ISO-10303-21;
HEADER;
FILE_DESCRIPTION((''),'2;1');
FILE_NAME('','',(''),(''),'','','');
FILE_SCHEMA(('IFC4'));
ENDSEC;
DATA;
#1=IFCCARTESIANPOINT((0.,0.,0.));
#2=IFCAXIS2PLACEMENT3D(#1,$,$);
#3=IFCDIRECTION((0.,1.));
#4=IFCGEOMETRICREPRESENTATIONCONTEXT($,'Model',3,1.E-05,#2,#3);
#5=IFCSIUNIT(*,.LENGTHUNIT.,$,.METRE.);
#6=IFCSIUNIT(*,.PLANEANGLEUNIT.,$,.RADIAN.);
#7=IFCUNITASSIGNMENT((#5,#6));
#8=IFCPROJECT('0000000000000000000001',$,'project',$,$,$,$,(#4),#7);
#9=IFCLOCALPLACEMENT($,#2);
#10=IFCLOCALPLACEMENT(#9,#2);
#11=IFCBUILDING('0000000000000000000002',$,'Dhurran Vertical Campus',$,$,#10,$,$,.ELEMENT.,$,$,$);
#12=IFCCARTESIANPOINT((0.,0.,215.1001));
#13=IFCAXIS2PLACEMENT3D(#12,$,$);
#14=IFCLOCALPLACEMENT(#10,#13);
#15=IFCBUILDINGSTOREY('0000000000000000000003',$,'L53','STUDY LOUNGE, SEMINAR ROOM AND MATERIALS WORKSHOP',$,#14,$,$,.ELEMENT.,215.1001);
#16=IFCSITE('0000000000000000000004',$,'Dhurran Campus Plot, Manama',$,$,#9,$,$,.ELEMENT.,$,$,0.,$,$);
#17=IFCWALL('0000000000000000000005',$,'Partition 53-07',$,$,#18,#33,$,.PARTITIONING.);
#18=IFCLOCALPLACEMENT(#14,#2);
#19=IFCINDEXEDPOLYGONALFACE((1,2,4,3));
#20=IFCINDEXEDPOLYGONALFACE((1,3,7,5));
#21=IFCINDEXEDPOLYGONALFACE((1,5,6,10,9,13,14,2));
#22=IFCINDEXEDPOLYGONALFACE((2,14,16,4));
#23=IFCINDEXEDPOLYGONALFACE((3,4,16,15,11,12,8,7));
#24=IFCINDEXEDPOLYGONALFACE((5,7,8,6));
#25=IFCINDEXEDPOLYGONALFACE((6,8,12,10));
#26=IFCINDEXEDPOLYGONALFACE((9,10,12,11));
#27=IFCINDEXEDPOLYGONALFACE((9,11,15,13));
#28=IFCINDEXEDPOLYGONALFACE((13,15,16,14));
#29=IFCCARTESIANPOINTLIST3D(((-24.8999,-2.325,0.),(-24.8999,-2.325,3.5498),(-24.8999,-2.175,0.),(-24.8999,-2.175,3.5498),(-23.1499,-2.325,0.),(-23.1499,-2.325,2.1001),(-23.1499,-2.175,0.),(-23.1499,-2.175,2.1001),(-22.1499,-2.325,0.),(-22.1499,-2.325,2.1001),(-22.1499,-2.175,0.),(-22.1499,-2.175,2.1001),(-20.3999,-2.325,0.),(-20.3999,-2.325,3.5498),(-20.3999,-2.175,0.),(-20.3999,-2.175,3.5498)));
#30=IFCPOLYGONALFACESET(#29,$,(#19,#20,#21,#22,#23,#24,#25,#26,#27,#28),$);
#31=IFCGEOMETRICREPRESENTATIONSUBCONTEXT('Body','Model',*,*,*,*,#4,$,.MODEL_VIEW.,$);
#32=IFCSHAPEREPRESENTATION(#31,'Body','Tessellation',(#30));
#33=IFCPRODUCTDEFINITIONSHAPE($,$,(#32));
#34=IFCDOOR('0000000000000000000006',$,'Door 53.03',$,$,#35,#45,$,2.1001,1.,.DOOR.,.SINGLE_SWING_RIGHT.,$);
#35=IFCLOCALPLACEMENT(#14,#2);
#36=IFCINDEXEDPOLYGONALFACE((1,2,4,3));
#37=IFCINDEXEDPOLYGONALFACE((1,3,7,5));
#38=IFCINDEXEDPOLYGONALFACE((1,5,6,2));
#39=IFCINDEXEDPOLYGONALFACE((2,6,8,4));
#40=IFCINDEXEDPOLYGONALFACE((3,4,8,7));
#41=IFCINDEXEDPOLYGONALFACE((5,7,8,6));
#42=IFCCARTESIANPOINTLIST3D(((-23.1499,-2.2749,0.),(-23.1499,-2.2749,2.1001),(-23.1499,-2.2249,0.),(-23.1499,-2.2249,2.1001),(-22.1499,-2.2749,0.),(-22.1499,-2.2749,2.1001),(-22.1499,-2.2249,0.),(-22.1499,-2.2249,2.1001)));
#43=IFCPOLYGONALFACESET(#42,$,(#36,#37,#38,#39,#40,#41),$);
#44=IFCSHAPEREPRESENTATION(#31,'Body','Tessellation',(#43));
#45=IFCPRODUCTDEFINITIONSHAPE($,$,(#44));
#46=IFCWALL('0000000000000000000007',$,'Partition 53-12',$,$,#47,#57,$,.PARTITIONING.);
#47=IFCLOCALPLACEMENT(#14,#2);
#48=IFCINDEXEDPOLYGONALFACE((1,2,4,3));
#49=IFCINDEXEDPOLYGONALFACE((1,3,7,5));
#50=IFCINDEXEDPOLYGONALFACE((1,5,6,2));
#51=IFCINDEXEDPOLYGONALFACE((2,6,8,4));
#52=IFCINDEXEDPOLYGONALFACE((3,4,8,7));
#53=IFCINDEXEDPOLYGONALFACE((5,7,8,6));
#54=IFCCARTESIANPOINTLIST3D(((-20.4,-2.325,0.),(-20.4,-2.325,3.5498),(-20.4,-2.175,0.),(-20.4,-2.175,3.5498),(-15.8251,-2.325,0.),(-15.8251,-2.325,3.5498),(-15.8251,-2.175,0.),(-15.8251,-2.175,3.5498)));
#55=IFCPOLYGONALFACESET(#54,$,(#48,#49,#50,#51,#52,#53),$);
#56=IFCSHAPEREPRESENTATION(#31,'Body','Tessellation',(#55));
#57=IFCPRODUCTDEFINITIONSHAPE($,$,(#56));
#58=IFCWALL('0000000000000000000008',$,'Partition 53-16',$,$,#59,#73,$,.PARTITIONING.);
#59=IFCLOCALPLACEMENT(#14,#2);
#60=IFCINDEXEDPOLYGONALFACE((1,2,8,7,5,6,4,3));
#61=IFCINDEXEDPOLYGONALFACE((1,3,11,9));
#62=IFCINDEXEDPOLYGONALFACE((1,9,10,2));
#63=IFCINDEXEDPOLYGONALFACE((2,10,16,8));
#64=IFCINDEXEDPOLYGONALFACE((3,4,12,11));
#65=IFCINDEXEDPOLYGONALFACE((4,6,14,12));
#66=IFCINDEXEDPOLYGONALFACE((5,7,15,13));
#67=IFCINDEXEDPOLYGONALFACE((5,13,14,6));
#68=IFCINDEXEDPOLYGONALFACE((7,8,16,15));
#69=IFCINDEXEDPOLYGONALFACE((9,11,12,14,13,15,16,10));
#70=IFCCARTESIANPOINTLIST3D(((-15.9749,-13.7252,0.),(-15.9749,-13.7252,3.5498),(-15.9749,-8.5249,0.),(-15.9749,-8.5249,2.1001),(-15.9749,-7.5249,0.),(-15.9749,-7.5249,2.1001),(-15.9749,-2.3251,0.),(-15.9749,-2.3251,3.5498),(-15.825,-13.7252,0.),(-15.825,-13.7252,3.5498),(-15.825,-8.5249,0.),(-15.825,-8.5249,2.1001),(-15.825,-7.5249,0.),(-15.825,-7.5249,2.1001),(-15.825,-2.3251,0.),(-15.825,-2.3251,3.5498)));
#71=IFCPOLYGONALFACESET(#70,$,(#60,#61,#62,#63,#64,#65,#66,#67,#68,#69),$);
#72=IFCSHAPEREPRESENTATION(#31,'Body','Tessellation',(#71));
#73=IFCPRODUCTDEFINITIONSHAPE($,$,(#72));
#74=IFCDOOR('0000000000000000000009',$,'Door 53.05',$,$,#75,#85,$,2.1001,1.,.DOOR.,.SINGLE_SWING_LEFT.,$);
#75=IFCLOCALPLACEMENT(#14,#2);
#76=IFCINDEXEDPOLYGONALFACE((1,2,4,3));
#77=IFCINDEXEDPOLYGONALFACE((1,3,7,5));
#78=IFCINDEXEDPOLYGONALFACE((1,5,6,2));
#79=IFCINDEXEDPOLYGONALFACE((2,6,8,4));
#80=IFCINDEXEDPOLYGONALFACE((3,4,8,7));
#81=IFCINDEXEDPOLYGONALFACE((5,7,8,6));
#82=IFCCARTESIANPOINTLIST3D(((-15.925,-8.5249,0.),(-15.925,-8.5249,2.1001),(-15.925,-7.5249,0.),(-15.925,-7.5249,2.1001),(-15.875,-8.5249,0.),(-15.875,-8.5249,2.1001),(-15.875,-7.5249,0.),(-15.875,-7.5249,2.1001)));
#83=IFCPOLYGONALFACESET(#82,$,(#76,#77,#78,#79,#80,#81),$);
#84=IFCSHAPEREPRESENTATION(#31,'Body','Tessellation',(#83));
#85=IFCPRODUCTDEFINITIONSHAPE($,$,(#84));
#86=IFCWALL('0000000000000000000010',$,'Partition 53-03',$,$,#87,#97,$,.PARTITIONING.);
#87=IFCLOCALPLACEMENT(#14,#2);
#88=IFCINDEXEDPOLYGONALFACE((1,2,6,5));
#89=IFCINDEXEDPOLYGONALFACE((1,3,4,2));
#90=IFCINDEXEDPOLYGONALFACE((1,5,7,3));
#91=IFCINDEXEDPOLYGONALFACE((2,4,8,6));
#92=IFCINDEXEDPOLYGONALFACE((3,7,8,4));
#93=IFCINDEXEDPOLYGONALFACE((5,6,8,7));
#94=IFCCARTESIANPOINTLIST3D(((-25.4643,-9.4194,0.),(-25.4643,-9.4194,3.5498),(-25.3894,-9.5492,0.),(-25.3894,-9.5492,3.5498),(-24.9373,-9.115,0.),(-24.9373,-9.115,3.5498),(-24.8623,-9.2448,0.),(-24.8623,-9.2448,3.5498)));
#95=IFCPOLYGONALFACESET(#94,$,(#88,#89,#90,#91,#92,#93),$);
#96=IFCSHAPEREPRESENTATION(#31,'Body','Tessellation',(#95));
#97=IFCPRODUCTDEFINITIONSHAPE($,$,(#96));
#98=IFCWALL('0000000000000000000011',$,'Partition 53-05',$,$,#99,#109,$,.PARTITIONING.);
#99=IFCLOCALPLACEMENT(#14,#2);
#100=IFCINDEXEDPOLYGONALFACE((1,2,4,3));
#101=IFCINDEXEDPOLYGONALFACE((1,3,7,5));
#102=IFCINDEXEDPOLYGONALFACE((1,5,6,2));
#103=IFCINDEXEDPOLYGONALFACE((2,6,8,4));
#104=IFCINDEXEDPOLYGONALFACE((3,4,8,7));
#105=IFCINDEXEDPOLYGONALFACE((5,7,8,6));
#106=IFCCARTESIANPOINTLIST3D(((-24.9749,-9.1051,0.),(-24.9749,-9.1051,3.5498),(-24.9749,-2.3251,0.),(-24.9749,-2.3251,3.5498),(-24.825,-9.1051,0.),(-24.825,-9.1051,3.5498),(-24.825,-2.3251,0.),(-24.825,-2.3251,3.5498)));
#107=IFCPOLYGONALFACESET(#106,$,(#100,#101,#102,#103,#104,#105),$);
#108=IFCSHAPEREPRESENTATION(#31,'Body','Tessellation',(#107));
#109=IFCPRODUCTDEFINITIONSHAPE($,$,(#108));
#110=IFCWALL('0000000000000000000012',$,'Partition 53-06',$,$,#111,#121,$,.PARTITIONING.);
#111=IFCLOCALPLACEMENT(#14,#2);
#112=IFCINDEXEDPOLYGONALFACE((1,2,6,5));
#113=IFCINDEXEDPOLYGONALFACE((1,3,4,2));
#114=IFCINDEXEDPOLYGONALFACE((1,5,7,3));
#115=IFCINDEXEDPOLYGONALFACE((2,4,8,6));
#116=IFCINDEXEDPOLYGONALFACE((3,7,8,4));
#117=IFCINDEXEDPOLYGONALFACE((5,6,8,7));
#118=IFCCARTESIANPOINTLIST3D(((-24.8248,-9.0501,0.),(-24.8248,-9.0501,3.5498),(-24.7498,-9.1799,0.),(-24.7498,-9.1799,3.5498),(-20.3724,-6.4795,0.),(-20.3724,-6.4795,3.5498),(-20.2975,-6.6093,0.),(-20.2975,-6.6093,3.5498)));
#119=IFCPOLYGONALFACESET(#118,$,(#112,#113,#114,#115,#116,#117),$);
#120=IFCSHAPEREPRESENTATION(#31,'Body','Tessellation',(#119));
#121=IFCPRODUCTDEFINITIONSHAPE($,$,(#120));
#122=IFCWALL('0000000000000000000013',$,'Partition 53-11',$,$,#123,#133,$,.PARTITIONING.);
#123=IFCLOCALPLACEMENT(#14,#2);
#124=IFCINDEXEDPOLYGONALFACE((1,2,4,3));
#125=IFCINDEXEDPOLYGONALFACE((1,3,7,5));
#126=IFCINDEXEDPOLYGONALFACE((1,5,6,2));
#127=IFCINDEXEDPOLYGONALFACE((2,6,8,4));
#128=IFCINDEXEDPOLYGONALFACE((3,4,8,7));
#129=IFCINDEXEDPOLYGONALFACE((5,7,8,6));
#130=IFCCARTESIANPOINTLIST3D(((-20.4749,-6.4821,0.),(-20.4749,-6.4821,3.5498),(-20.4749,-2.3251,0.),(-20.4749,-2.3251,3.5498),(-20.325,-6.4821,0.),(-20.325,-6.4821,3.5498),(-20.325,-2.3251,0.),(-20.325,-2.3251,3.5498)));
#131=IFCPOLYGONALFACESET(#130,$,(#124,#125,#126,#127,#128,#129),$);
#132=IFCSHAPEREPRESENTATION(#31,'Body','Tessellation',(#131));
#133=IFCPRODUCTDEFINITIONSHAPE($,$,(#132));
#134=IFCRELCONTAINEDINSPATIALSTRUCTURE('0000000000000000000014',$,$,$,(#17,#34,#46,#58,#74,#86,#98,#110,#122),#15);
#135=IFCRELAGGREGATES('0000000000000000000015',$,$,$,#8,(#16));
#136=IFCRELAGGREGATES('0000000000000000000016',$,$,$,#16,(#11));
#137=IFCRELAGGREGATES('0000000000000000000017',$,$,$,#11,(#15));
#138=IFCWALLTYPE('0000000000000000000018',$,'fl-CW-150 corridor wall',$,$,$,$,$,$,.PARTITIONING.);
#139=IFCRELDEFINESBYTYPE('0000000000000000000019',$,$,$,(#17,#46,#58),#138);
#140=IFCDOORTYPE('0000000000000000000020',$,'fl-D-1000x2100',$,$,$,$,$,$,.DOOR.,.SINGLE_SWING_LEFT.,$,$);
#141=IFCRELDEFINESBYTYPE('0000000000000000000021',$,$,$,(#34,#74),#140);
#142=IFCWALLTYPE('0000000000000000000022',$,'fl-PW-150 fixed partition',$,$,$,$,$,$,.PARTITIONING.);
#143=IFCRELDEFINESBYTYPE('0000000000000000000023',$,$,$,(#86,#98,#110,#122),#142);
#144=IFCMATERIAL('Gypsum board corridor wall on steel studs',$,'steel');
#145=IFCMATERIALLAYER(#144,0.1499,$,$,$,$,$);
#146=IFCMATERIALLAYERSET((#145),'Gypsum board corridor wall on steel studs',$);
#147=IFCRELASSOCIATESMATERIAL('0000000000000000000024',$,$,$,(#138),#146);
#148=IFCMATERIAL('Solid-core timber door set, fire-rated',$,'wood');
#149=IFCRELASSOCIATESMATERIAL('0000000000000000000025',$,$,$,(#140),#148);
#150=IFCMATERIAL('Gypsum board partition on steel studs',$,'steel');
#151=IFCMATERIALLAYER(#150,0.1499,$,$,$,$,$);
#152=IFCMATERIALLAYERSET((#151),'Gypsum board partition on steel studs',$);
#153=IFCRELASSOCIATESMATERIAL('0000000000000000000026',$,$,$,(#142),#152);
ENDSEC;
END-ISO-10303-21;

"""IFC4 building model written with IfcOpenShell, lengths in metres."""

from ifc_helpers import new_model, si_unit, direction, frame, frame_2d, origin, place, context, subcontext, project, spatial, rectangle, extrude, material, layer, layer_set, type_object, element, fill, save


model = new_model("IFC4")

# Units and contexts
model_context = context("Model", 3, precision=1e-05, world=origin(), true_north=direction((0.0, 1.0)))
body_context = subcontext(model_context, "Body", "Model", "MODEL_VIEW")
ifc_project = project(units=[si_unit("LENGTHUNIT", "METRE"), si_unit("PLANEANGLEUNIT", "RADIAN")], contexts=[model_context])

# Site, building, storey
site_placement = place(None, origin())
site = spatial("IfcSite", under=ifc_project, at=site_placement, Name="Dhurran Campus Plot, Manama", CompositionType="ELEMENT", RefElevation=0.0)
building_placement = place(site_placement, origin())
building = spatial("IfcBuilding", under=site, at=building_placement, Name="Dhurran Vertical Campus", CompositionType="ELEMENT")
storey_placement = place(building_placement, frame((0.0, 0.0, 215.1001)))
storey = spatial("IfcBuildingStorey", under=building, at=storey_placement, Name="L53", Description="STUDY LOUNGE, SEMINAR ROOM AND MATERIALS WORKSHOP", CompositionType="ELEMENT", Elevation=215.1001)

# Wall, opening, door
ifc_material_1 = material(Name="Gypsum board corridor wall on steel studs", Category="steel")
ifc_layer_1 = layer(ifc_material_1, 0.1499)
ifc_layer_set_1 = layer_set([ifc_layer_1], Name="Gypsum board corridor wall on steel studs")
wall_type_1 = type_object("IfcWallType", Name="fl-CW-150 corridor wall", PredefinedType="PARTITIONING", material=ifc_layer_set_1)
ifc_material_2 = material(Name="Solid-core timber door set, fire-rated", Category="wood")
door_type_1 = type_object("IfcDoorType", Name="fl-D-1000x2100", OperationType="SINGLE_SWING_LEFT", PredefinedType="DOOR", material=ifc_material_2)
wall_1_placement = place(storey_placement, frame((-20.3999, -2.25, 0.0), z_axis=(0.0, 0.0, 1.0), x_axis=(-1.0, 0.0, 0.0)))
wall_1 = element("IfcWall", 1, at=wall_1_placement, inside=storey, type_object=wall_type_1, Name="Partition 53-07", PredefinedType="PARTITIONING", context=body_context, shape_type="SweptSolid", body=[
    extrude(rectangle(XDim=4.5, YDim=0.1499, at=frame_2d((2.25, 0.0))), origin(), (0.0, 0.0, 1.0), 3.5498),
])
opening_1_placement = place(wall_1_placement, frame((1.75, 0.0, 0.0)))
opening_1 = element("IfcOpeningElement", 2, at=opening_1_placement, cuts=wall_1, PredefinedType="OPENING", context=body_context, shape_type="SweptSolid", body=[
    extrude(rectangle(XDim=1.0, YDim=2.1001, at=frame_2d((0.5, 1.05))), frame((0.0, 0.085, 0.0), z_axis=(0.0, -1.0, 0.0), x_axis=(1.0, 0.0, 0.0)), (0.0, 0.0, 1.0), 0.1699),
])
door_1_placement = place(opening_1_placement, origin())
door_1 = element("IfcDoor", 3, at=door_1_placement, inside=storey, type_object=door_type_1, Name="Door 53.03", OperationType="SINGLE_SWING_RIGHT", OverallHeight=2.1001, OverallWidth=1.0, PredefinedType="DOOR", context=body_context, shape_type="SweptSolid", body=[
    extrude(rectangle(XDim=1.0, YDim=2.1001, at=frame_2d((0.5, 1.05))), frame((0.0, 0.0249, 0.0), z_axis=(0.0, -1.0, 0.0), x_axis=(1.0, 0.0, 0.0)), (0.0, 0.0, 1.0), 0.05),
])
fill(opening_1, door_1)

# Wall
wall_2_placement = place(storey_placement, frame((-15.825, -2.25, 0.0), z_axis=(0.0, 0.0, 1.0), x_axis=(-1.0, 0.0, 0.0)))
element("IfcWall", 4, at=wall_2_placement, inside=storey, type_object=wall_type_1, Name="Partition 53-12", PredefinedType="PARTITIONING", context=body_context, shape_type="SweptSolid", body=[
    extrude(rectangle(XDim=4.575, YDim=0.1499, at=frame_2d((2.2876, 0.0))), origin(), (0.0, 0.0, 1.0), 3.5498),
])

# Wall, opening, door
wall_3_placement = place(storey_placement, frame((-15.8999, -2.325, 0.0), z_axis=(0.0, 0.0, 1.0), x_axis=(0.0, -1.0, 0.0)))
wall_3 = element("IfcWall", 5, at=wall_3_placement, inside=storey, type_object=wall_type_1, Name="Partition 53-16", PredefinedType="PARTITIONING", context=body_context, shape_type="SweptSolid", body=[
    extrude(rectangle(XDim=11.4001, YDim=0.1499, at=frame_2d((5.7002, 0.0))), origin(), (0.0, 0.0, 1.0), 3.5498),
])
opening_2_placement = place(wall_3_placement, frame((5.2, 0.0, 0.0)))
opening_2 = element("IfcOpeningElement", 6, at=opening_2_placement, cuts=wall_3, PredefinedType="OPENING", context=body_context, shape_type="SweptSolid", body=[
    extrude(rectangle(XDim=1.0, YDim=2.1001, at=frame_2d((0.5, 1.05))), frame((0.0, 0.085, 0.0), z_axis=(0.0, -1.0, 0.0), x_axis=(1.0, 0.0, 0.0)), (0.0, 0.0, 1.0), 0.1699),
])
door_2_placement = place(opening_2_placement, origin())
door_2 = element("IfcDoor", 7, at=door_2_placement, inside=storey, type_object=door_type_1, Name="Door 53.05", OperationType="SINGLE_SWING_LEFT", OverallHeight=2.1001, OverallWidth=1.0, PredefinedType="DOOR", context=body_context, shape_type="SweptSolid", body=[
    extrude(rectangle(XDim=1.0, YDim=2.1001, at=frame_2d((0.5, 1.05))), frame((0.0, 0.0249, 0.0), z_axis=(0.0, -1.0, 0.0), x_axis=(1.0, 0.0, 0.0)), (0.0, 0.0, 1.0), 0.05),
])
fill(opening_2, door_2)

# Walls
ifc_material_3 = material(Name="Gypsum board partition on steel studs", Category="steel")
ifc_layer_2 = layer(ifc_material_3, 0.1499)
ifc_layer_set_2 = layer_set([ifc_layer_2], Name="Gypsum board partition on steel studs")
wall_type_2 = type_object("IfcWallType", Name="fl-PW-150 fixed partition", PredefinedType="PARTITIONING", material=ifc_layer_set_2)
wall_4_placement = place(storey_placement, frame((-24.8999, -9.1799, 0.0), z_axis=(0.0, 0.0, 1.0), x_axis=(-0.865938, -0.500151, 0.0)))
element("IfcWall", 8, at=wall_4_placement, inside=storey, type_object=wall_type_2, Name="Partition 53-03", PredefinedType="PARTITIONING", context=body_context, shape_type="SweptSolid", body=[
    extrude(rectangle(XDim=0.6086, YDim=0.1499, at=frame_2d((0.3042, 0.0))), origin(), (0.0, 0.0, 1.0), 3.5498),
])
wall_5_placement = place(storey_placement, frame((-24.8999, -2.325, 0.0), z_axis=(0.0, 0.0, 1.0), x_axis=(0.0, -1.0, 0.0)))
element("IfcWall", 9, at=wall_5_placement, inside=storey, type_object=wall_type_2, Name="Partition 53-05", PredefinedType="PARTITIONING", context=body_context, shape_type="SweptSolid", body=[
    extrude(rectangle(XDim=6.78, YDim=0.1499, at=frame_2d((3.3901, 0.0))), origin(), (0.0, 0.0, 1.0), 3.5498),
])
wall_6_placement = place(storey_placement, frame((-20.335, -6.5444, 0.0), z_axis=(0.0, 0.0, 1.0), x_axis=(-0.866028, -0.499995, 0.0)))
element("IfcWall", 10, at=wall_6_placement, inside=storey, type_object=wall_type_2, Name="Partition 53-06", PredefinedType="PARTITIONING", context=body_context, shape_type="SweptSolid", body=[
    extrude(rectangle(XDim=5.1411, YDim=0.1499, at=frame_2d((2.5706, 0.0))), origin(), (0.0, 0.0, 1.0), 3.5498),
])
wall_7_placement = place(storey_placement, frame((-20.3999, -2.325, 0.0), z_axis=(0.0, 0.0, 1.0), x_axis=(0.0, -1.0, 0.0)))
element("IfcWall", 11, at=wall_7_placement, inside=storey, type_object=wall_type_2, Name="Partition 53-11", PredefinedType="PARTITIONING", context=body_context, shape_type="SweptSolid", body=[
    extrude(rectangle(XDim=4.157, YDim=0.1499, at=frame_2d((2.0786, 0.0))), origin(), (0.0, 0.0, 1.0), 3.5498),
])

save(model, "model.ifc")
